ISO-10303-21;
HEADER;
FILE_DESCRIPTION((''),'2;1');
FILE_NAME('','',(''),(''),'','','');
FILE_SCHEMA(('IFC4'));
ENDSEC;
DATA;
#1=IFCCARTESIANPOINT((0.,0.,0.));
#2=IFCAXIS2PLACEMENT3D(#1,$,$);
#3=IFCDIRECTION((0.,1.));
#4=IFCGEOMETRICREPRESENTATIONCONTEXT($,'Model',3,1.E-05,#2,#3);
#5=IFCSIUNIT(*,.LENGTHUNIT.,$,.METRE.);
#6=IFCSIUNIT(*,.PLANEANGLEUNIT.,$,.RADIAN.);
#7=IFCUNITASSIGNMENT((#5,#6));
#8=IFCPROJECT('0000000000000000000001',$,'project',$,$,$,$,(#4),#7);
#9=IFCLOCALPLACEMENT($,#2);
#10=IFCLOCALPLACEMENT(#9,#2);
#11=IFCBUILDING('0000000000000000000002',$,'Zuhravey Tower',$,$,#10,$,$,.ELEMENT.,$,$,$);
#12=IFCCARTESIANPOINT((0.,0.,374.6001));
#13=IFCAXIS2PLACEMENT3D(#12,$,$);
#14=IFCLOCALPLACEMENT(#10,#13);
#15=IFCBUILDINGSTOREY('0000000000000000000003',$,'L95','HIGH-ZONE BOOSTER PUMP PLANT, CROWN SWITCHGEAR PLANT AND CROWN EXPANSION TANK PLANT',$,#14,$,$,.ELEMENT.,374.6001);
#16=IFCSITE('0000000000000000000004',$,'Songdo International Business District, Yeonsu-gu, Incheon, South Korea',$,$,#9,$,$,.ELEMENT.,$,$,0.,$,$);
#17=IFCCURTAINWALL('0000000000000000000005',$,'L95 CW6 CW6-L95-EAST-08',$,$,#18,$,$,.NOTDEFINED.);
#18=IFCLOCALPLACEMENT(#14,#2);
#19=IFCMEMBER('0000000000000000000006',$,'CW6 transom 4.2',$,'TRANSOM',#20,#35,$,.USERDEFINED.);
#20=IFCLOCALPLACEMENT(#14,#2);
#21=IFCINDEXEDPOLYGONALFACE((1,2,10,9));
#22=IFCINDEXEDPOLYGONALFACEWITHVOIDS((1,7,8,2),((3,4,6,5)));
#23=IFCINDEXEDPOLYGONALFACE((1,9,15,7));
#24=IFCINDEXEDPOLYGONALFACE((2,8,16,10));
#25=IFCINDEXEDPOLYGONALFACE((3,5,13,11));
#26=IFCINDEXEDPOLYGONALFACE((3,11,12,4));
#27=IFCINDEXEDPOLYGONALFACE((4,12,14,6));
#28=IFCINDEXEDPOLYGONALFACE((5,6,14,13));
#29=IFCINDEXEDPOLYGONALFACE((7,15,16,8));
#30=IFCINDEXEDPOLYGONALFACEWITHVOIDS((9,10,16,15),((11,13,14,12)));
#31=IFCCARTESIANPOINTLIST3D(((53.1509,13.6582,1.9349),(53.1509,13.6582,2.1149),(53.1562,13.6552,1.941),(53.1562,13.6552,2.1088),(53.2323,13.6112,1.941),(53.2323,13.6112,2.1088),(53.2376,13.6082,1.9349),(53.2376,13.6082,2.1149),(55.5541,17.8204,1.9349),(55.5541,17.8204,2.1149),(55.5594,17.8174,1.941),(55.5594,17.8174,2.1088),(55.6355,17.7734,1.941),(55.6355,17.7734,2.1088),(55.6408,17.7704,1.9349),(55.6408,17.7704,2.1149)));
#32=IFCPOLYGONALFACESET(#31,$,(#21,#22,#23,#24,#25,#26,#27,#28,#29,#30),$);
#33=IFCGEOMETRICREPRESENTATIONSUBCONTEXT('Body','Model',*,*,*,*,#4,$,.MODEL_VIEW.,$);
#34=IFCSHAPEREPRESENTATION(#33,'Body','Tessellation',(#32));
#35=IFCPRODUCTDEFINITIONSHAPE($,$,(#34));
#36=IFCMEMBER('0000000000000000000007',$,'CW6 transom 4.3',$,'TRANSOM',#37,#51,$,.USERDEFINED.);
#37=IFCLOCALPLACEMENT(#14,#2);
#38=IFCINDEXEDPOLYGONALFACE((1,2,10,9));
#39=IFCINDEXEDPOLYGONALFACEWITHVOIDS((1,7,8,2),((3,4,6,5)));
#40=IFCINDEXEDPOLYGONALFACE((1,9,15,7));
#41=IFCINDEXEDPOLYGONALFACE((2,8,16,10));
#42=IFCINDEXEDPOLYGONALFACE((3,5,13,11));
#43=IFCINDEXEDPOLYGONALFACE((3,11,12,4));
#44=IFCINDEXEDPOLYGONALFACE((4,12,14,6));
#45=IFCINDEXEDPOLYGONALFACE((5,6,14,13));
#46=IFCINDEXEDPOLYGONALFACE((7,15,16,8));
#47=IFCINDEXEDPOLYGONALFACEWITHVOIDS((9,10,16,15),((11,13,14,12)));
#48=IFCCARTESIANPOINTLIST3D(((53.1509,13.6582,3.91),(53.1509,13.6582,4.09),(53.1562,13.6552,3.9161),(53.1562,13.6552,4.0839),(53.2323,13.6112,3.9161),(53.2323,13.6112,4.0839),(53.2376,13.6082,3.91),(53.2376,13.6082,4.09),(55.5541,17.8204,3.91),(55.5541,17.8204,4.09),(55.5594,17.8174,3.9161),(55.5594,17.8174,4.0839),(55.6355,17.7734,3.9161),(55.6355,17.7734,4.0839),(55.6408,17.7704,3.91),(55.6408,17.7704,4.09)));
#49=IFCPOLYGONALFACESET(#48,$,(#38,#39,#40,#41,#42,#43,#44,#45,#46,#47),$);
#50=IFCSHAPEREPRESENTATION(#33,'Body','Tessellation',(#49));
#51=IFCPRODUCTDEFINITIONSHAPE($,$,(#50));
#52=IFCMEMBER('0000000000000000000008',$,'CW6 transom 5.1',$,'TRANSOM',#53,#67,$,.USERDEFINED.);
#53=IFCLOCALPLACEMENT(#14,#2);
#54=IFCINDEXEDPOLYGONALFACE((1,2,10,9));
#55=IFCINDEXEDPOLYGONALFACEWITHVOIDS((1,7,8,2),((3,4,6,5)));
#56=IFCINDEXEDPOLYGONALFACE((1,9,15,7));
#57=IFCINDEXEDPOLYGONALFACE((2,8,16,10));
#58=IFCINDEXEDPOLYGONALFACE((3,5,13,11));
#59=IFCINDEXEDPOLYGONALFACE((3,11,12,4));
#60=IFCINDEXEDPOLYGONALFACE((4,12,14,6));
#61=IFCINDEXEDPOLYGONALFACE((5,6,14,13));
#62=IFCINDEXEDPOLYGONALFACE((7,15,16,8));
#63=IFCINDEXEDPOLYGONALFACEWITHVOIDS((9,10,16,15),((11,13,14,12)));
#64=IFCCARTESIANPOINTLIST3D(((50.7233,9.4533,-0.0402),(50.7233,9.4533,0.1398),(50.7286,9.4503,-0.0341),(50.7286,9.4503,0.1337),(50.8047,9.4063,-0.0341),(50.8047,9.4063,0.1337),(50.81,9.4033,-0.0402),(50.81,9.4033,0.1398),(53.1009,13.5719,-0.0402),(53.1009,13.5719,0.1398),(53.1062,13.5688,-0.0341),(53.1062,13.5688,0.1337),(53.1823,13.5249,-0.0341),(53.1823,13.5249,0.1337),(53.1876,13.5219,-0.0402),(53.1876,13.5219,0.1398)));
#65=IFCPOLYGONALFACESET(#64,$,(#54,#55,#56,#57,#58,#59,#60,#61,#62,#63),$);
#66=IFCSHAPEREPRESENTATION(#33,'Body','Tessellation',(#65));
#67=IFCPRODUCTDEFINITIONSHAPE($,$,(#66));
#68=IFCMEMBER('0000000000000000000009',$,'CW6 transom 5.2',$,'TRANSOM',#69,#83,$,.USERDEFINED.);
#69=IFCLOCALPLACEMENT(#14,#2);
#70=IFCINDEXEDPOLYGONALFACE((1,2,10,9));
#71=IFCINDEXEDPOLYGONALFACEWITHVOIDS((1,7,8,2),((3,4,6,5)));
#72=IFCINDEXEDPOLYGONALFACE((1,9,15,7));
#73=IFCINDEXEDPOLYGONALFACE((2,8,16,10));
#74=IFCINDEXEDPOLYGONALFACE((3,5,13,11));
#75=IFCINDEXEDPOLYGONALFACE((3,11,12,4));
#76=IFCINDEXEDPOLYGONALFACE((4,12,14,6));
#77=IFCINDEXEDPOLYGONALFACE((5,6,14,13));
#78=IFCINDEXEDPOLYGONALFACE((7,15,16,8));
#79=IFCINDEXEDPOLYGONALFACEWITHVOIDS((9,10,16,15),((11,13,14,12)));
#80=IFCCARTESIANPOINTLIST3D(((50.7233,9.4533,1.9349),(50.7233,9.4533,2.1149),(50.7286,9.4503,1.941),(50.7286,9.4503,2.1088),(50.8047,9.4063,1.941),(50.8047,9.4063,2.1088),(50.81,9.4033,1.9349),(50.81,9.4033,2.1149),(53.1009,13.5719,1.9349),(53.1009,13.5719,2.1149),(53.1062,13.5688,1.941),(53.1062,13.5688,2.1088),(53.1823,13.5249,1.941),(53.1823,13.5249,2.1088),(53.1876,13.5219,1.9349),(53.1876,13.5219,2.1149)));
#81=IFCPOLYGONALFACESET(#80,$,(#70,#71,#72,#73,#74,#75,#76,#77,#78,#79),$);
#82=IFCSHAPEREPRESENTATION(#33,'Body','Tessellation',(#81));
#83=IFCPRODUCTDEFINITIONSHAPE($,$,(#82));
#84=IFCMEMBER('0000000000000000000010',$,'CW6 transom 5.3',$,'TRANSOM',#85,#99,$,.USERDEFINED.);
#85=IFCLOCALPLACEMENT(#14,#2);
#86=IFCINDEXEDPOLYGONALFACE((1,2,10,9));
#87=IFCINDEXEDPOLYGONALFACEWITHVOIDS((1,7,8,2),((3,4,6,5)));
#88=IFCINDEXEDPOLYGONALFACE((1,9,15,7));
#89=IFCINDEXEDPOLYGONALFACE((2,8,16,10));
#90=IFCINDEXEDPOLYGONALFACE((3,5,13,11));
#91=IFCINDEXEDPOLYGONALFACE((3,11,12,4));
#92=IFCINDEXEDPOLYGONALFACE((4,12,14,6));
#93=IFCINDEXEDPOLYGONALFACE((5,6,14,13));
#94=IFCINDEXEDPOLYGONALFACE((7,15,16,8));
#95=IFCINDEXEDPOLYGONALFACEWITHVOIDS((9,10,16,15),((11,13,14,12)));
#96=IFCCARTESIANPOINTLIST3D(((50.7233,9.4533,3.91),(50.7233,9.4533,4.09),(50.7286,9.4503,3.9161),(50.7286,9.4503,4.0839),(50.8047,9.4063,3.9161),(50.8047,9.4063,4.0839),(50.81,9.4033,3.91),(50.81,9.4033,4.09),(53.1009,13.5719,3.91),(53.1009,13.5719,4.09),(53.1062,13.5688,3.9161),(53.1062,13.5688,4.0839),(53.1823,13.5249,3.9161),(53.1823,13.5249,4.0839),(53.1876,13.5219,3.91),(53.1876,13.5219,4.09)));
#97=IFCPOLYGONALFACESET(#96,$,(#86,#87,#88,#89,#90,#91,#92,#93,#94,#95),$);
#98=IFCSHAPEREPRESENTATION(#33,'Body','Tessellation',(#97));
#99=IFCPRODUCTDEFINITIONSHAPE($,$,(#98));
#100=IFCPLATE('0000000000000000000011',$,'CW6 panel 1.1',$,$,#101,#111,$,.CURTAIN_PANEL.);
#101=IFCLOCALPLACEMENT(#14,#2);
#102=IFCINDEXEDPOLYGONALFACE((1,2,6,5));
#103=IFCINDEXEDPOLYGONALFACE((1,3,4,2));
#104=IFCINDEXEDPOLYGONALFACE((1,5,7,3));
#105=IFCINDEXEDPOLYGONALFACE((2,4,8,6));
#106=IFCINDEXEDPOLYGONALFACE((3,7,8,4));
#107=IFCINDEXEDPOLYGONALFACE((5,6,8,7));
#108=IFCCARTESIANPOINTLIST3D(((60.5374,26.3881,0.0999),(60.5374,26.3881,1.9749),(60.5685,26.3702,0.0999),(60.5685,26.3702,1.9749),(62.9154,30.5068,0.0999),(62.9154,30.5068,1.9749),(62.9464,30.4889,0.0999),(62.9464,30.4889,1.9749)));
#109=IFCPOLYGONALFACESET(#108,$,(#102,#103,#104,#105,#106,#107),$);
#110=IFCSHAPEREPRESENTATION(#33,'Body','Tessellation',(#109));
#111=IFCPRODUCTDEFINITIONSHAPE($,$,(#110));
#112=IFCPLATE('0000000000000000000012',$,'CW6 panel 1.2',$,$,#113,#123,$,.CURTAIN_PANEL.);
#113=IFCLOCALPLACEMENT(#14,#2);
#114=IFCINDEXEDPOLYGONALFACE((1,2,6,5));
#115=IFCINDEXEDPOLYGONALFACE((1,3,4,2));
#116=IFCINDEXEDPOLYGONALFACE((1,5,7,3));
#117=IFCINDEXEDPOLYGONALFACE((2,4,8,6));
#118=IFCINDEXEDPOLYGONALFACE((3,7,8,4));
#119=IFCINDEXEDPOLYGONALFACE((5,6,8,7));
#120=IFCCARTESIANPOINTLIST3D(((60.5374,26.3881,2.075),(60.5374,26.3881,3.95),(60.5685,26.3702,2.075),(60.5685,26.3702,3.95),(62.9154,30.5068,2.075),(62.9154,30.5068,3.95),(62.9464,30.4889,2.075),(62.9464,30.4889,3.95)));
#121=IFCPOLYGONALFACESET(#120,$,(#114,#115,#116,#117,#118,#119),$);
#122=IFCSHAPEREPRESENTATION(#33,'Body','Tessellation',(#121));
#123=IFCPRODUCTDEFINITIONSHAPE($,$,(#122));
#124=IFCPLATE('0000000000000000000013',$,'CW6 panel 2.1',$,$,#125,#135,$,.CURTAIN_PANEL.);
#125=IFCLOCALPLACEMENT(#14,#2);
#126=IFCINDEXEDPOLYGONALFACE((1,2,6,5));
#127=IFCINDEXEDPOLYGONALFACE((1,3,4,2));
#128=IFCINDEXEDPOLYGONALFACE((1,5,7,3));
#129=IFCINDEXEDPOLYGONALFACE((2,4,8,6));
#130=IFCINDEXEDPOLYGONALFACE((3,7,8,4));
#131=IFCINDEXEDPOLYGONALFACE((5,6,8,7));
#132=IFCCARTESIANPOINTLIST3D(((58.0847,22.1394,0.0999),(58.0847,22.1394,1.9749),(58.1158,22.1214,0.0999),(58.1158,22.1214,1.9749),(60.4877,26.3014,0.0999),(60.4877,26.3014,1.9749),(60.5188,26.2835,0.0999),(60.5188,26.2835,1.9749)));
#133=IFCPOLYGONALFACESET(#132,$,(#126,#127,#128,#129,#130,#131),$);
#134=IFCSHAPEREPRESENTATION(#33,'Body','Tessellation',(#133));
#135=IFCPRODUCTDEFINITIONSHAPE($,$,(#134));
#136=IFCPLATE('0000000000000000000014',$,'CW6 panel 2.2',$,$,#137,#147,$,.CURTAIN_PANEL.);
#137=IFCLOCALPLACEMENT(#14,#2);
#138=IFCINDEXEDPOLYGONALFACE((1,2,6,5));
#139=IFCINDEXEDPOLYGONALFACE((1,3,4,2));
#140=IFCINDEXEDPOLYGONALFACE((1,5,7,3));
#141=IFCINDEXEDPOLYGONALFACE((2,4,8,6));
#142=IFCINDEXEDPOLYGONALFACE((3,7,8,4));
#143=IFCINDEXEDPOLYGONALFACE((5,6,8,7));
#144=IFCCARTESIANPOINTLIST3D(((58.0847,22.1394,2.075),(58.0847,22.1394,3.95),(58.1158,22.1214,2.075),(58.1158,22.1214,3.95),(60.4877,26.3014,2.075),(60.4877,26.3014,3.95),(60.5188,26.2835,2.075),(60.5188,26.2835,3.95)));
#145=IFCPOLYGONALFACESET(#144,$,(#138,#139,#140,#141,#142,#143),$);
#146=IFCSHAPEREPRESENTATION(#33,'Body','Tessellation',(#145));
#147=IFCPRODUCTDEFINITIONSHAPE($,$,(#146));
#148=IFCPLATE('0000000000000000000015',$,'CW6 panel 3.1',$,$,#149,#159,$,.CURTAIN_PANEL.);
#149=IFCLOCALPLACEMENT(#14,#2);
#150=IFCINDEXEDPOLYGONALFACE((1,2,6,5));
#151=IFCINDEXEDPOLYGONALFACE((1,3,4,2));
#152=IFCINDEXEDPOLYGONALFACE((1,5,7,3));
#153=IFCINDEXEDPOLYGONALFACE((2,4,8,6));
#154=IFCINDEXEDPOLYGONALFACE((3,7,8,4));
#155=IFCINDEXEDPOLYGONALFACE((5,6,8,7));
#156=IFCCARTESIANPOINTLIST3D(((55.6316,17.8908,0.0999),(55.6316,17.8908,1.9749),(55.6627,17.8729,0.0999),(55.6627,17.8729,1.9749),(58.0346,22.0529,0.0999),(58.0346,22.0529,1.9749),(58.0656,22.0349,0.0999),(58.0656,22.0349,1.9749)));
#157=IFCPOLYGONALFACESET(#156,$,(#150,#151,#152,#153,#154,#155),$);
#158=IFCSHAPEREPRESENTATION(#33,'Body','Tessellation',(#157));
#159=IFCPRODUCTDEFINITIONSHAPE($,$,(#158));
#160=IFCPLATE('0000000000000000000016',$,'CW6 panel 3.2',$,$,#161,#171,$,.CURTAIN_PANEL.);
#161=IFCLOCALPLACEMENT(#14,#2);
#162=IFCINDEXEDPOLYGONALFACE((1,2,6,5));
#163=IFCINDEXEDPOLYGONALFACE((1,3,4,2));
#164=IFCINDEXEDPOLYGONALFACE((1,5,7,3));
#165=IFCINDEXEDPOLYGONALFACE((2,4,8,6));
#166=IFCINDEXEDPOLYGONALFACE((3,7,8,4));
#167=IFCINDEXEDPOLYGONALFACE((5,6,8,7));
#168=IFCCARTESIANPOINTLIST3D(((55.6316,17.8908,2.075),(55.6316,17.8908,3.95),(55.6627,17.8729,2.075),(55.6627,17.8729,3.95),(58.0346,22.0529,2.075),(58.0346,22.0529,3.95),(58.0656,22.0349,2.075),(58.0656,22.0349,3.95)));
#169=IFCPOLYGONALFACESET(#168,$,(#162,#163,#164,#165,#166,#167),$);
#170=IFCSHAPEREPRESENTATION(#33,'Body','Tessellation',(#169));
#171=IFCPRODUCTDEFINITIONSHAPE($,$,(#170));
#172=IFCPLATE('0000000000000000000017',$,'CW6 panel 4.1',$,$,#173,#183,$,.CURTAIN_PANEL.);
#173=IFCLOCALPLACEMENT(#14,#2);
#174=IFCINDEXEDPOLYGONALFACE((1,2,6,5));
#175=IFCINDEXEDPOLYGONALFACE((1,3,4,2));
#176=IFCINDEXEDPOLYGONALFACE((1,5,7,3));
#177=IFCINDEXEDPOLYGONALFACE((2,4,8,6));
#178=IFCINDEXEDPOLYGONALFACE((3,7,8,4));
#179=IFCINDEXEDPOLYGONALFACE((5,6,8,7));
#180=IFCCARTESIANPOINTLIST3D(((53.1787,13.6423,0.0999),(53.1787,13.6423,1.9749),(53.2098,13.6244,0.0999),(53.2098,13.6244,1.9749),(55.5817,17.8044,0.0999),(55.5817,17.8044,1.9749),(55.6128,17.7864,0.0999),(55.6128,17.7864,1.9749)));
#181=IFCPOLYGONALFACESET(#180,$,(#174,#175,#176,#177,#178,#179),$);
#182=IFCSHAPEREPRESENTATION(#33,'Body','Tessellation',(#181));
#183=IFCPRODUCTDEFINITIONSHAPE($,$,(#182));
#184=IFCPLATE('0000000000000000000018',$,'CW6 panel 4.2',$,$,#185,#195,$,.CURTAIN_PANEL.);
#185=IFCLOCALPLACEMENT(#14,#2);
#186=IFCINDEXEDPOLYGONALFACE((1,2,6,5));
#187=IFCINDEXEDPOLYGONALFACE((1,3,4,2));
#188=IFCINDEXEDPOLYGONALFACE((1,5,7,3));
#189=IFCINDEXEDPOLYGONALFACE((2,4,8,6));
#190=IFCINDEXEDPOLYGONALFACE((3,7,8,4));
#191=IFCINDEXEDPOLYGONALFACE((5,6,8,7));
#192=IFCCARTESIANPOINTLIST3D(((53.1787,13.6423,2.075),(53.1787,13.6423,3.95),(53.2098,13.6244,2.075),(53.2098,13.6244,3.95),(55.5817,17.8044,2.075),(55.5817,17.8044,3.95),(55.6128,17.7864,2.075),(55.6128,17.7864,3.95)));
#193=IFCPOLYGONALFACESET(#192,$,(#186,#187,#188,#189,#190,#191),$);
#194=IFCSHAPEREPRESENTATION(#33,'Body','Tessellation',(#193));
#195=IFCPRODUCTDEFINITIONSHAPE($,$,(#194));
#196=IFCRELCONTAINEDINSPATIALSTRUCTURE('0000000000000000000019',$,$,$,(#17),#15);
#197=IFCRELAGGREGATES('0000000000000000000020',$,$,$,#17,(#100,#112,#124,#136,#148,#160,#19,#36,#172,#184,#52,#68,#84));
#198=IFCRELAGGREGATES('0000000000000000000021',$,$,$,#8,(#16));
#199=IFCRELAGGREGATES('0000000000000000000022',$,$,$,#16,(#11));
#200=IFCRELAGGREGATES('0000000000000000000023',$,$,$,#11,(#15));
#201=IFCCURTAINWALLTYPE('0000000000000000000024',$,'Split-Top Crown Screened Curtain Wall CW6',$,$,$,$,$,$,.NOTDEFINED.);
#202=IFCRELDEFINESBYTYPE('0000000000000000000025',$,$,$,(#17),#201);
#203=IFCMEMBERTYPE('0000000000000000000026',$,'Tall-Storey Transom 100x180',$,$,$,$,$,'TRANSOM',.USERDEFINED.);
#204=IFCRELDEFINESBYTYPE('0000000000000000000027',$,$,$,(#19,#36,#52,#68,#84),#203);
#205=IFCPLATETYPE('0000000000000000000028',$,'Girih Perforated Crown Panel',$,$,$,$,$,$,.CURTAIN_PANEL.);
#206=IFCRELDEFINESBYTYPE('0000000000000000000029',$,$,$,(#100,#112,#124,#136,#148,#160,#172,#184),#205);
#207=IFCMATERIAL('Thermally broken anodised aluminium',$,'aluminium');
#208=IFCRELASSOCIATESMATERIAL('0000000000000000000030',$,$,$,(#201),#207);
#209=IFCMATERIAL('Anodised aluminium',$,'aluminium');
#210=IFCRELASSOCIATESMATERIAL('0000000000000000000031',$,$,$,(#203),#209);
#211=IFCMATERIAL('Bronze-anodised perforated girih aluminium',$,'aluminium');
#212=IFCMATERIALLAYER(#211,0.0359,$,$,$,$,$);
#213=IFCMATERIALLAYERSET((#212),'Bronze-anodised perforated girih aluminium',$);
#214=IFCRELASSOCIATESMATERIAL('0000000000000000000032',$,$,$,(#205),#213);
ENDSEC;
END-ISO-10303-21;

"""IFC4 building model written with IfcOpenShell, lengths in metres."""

from ifc_helpers import new_model, si_unit, direction, frame, origin, origin_2d, place, context, subcontext, project, spatial, rectangle, hollow_rectangle, extrude, material, layer, layer_set, material_profile, profile_set, type_object, element, aggregate, save


model = new_model("IFC4")

# Units and contexts
model_context = context("Model", 3, precision=1e-05, world=origin(), true_north=direction((0.0, 1.0)))
body_context = subcontext(model_context, "Body", "Model", "MODEL_VIEW")
ifc_project = project(units=[si_unit("LENGTHUNIT", "METRE"), si_unit("PLANEANGLEUNIT", "RADIAN")], contexts=[model_context])

# Site, building, storey
site_placement = place(None, origin())
site = spatial("IfcSite", under=ifc_project, at=site_placement, Name="Songdo International Business District, Yeonsu-gu, Incheon, South Korea", CompositionType="ELEMENT", RefElevation=0.0)
building_placement = place(site_placement, origin())
building = spatial("IfcBuilding", under=site, at=building_placement, Name="Zuhravey Tower", CompositionType="ELEMENT")
storey_placement = place(building_placement, frame((0.0, 0.0, 374.6001)))
storey = spatial("IfcBuildingStorey", under=building, at=storey_placement, Name="L95", Description="HIGH-ZONE BOOSTER PUMP PLANT, CROWN SWITCHGEAR PLANT AND CROWN EXPANSION TANK PLANT", CompositionType="ELEMENT", Elevation=374.6001)

# Curtain wall
ifc_material_1 = material(Name="Thermally broken anodised aluminium", Category="aluminium")
curtain_wall_type = type_object("IfcCurtainWallType", Name="Split-Top Crown Screened Curtain Wall CW6", PredefinedType="NOTDEFINED", material=ifc_material_1)
curtain_wall_placement = place(storey_placement, origin())
curtain_wall = element("IfcCurtainWall", 1, at=curtain_wall_placement, inside=storey, type_object=curtain_wall_type, Name="L95 CW6 CW6-L95-EAST-08", PredefinedType="NOTDEFINED")
ifc_material_2 = material(Name="Anodised aluminium", Category="aluminium")

# Members
ifc_material_profile_1 = material_profile(ifc_material_2, hollow_rectangle(XDim=0.1001, YDim=0.1799, WallThickness=0.0061, at=origin_2d()), Name="ALU-RHS-100x180x6")
ifc_profile_set_1 = profile_set([ifc_material_profile_1], Name="Anodised aluminium")
member_type_1 = type_object("IfcMemberType", Name="Tall-Storey Transom 100x180", ElementType="TRANSOM", PredefinedType="USERDEFINED", material=ifc_profile_set_1)
member_1_placement = place(storey_placement, frame((55.5974, 17.7954, 2.0249), z_axis=(-0.500013, -0.866018, 0.0), x_axis=(0.866018, -0.500013, 0.0)))
member_1 = element("IfcMember", 2, at=member_1_placement, type_object=member_type_1, Name="CW6 transom 4.2", ObjectType="TRANSOM", PredefinedType="USERDEFINED", context=body_context, shape_type="SweptSolid", body=[
    extrude(hollow_rectangle(XDim=0.1001, YDim=0.1799, WallThickness=0.0061, at=origin_2d()), origin(), (0.0, 0.0, 1.0), 4.8062),
])
member_2_placement = place(storey_placement, frame((55.5974, 17.7954, 4.0), z_axis=(-0.500013, -0.866018, 0.0), x_axis=(0.866018, -0.500013, 0.0)))
member_2 = element("IfcMember", 3, at=member_2_placement, type_object=member_type_1, Name="CW6 transom 4.3", ObjectType="TRANSOM", PredefinedType="USERDEFINED", context=body_context, shape_type="SweptSolid", body=[
    extrude(hollow_rectangle(XDim=0.1001, YDim=0.1799, WallThickness=0.0061, at=origin_2d()), origin(), (0.0, 0.0, 1.0), 4.8062),
])
member_3_placement = place(storey_placement, frame((53.1443, 13.5469, 0.0498), z_axis=(-0.499965, -0.866045, 0.0), x_axis=(0.866045, -0.499965, 0.0)))
member_3 = element("IfcMember", 4, at=member_3_placement, type_object=member_type_1, Name="CW6 transom 5.1", ObjectType="TRANSOM", PredefinedType="USERDEFINED", context=body_context, shape_type="SweptSolid", body=[
    extrude(hollow_rectangle(XDim=0.1001, YDim=0.1799, WallThickness=0.0061, at=origin_2d()), origin(), (0.0, 0.0, 1.0), 4.7556),
])
member_4_placement = place(storey_placement, frame((53.1443, 13.5469, 2.0249), z_axis=(-0.499965, -0.866045, 0.0), x_axis=(0.866045, -0.499965, 0.0)))
member_4 = element("IfcMember", 5, at=member_4_placement, type_object=member_type_1, Name="CW6 transom 5.2", ObjectType="TRANSOM", PredefinedType="USERDEFINED", context=body_context, shape_type="SweptSolid", body=[
    extrude(hollow_rectangle(XDim=0.1001, YDim=0.1799, WallThickness=0.0061, at=origin_2d()), origin(), (0.0, 0.0, 1.0), 4.7556),
])
member_5_placement = place(storey_placement, frame((53.1443, 13.5469, 4.0), z_axis=(-0.499965, -0.866045, 0.0), x_axis=(0.866045, -0.499965, 0.0)))
member_5 = element("IfcMember", 6, at=member_5_placement, type_object=member_type_1, Name="CW6 transom 5.3", ObjectType="TRANSOM", PredefinedType="USERDEFINED", context=body_context, shape_type="SweptSolid", body=[
    extrude(hollow_rectangle(XDim=0.1001, YDim=0.1799, WallThickness=0.0061, at=origin_2d()), origin(), (0.0, 0.0, 1.0), 4.7556),
])

# Plates
ifc_material_3 = material(Name="Bronze-anodised perforated girih aluminium", Category="aluminium")
ifc_layer_1 = layer(ifc_material_3, 0.0359)
ifc_layer_set_1 = layer_set([ifc_layer_1], Name="Bronze-anodised perforated girih aluminium")
plate_type = type_object("IfcPlateType", Name="Girih Perforated Crown Panel", PredefinedType="CURTAIN_PANEL", material=ifc_layer_set_1)
plate_1_placement = place(storey_placement, frame((61.7419, 28.4385, 0.0999), z_axis=(0.0, 0.0, 1.0), x_axis=(-0.499997, -0.866027, 0.0)))
plate_1 = element("IfcPlate", 7, at=plate_1_placement, type_object=plate_type, Name="CW6 panel 1.1", PredefinedType="CURTAIN_PANEL", context=body_context, shape_type="SweptSolid", body=[
    extrude(rectangle(XDim=4.7559, YDim=0.0359, at=origin_2d()), origin(), (0.0, 0.0, 1.0), 1.875),
])
plate_2_placement = place(storey_placement, frame((61.7419, 28.4385, 2.075), z_axis=(0.0, 0.0, 1.0), x_axis=(-0.499997, -0.866027, 0.0)))
plate_2 = element("IfcPlate", 8, at=plate_2_placement, type_object=plate_type, Name="CW6 panel 1.2", PredefinedType="CURTAIN_PANEL", context=body_context, shape_type="SweptSolid", body=[
    extrude(rectangle(XDim=4.7559, YDim=0.0359, at=origin_2d()), origin(), (0.0, 0.0, 1.0), 1.875),
])
plate_3_placement = place(storey_placement, frame((59.3018, 24.2114, 0.0999), z_axis=(0.0, 0.0, 1.0), x_axis=(-0.499997, -0.866027, 0.0)))
plate_3 = element("IfcPlate", 9, at=plate_3_placement, type_object=plate_type, Name="CW6 panel 2.1", PredefinedType="CURTAIN_PANEL", context=body_context, shape_type="SweptSolid", body=[
    extrude(rectangle(XDim=4.8059, YDim=0.0359, at=origin_2d()), origin(), (0.0, 0.0, 1.0), 1.875),
])
plate_4_placement = place(storey_placement, frame((59.3018, 24.2114, 2.075), z_axis=(0.0, 0.0, 1.0), x_axis=(-0.499997, -0.866027, 0.0)))
plate_4 = element("IfcPlate", 10, at=plate_4_placement, type_object=plate_type, Name="CW6 panel 2.2", PredefinedType="CURTAIN_PANEL", context=body_context, shape_type="SweptSolid", body=[
    extrude(rectangle(XDim=4.8059, YDim=0.0359, at=origin_2d()), origin(), (0.0, 0.0, 1.0), 1.875),
])
plate_5_placement = place(storey_placement, frame((56.8486, 19.9629, 0.0999), z_axis=(0.0, 0.0, 1.0), x_axis=(-0.499997, -0.866027, 0.0)))
plate_5 = element("IfcPlate", 11, at=plate_5_placement, type_object=plate_type, Name="CW6 panel 3.1", PredefinedType="CURTAIN_PANEL", context=body_context, shape_type="SweptSolid", body=[
    extrude(rectangle(XDim=4.8059, YDim=0.0359, at=origin_2d()), origin(), (0.0, 0.0, 1.0), 1.875),
])
plate_6_placement = place(storey_placement, frame((56.8486, 19.9629, 2.075), z_axis=(0.0, 0.0, 1.0), x_axis=(-0.499997, -0.866027, 0.0)))
plate_6 = element("IfcPlate", 12, at=plate_6_placement, type_object=plate_type, Name="CW6 panel 3.2", PredefinedType="CURTAIN_PANEL", context=body_context, shape_type="SweptSolid", body=[
    extrude(rectangle(XDim=4.8059, YDim=0.0359, at=origin_2d()), origin(), (0.0, 0.0, 1.0), 1.875),
])
plate_7_placement = place(storey_placement, frame((54.3958, 15.7144, 0.0999), z_axis=(0.0, 0.0, 1.0), x_axis=(-0.499997, -0.866027, 0.0)))
plate_7 = element("IfcPlate", 13, at=plate_7_placement, type_object=plate_type, Name="CW6 panel 4.1", PredefinedType="CURTAIN_PANEL", context=body_context, shape_type="SweptSolid", body=[
    extrude(rectangle(XDim=4.8059, YDim=0.0359, at=origin_2d()), origin(), (0.0, 0.0, 1.0), 1.875),
])
plate_8_placement = place(storey_placement, frame((54.3958, 15.7144, 2.075), z_axis=(0.0, 0.0, 1.0), x_axis=(-0.499997, -0.866027, 0.0)))
plate_8 = element("IfcPlate", 14, at=plate_8_placement, type_object=plate_type, Name="CW6 panel 4.2", PredefinedType="CURTAIN_PANEL", context=body_context, shape_type="SweptSolid", body=[
    extrude(rectangle(XDim=4.8059, YDim=0.0359, at=origin_2d()), origin(), (0.0, 0.0, 1.0), 1.875),
])
aggregate(curtain_wall, [plate_1, plate_2, plate_3, plate_4, plate_5, plate_6, member_1, member_2, plate_7, plate_8, member_3, member_4, member_5])

save(model, "model.ifc")
